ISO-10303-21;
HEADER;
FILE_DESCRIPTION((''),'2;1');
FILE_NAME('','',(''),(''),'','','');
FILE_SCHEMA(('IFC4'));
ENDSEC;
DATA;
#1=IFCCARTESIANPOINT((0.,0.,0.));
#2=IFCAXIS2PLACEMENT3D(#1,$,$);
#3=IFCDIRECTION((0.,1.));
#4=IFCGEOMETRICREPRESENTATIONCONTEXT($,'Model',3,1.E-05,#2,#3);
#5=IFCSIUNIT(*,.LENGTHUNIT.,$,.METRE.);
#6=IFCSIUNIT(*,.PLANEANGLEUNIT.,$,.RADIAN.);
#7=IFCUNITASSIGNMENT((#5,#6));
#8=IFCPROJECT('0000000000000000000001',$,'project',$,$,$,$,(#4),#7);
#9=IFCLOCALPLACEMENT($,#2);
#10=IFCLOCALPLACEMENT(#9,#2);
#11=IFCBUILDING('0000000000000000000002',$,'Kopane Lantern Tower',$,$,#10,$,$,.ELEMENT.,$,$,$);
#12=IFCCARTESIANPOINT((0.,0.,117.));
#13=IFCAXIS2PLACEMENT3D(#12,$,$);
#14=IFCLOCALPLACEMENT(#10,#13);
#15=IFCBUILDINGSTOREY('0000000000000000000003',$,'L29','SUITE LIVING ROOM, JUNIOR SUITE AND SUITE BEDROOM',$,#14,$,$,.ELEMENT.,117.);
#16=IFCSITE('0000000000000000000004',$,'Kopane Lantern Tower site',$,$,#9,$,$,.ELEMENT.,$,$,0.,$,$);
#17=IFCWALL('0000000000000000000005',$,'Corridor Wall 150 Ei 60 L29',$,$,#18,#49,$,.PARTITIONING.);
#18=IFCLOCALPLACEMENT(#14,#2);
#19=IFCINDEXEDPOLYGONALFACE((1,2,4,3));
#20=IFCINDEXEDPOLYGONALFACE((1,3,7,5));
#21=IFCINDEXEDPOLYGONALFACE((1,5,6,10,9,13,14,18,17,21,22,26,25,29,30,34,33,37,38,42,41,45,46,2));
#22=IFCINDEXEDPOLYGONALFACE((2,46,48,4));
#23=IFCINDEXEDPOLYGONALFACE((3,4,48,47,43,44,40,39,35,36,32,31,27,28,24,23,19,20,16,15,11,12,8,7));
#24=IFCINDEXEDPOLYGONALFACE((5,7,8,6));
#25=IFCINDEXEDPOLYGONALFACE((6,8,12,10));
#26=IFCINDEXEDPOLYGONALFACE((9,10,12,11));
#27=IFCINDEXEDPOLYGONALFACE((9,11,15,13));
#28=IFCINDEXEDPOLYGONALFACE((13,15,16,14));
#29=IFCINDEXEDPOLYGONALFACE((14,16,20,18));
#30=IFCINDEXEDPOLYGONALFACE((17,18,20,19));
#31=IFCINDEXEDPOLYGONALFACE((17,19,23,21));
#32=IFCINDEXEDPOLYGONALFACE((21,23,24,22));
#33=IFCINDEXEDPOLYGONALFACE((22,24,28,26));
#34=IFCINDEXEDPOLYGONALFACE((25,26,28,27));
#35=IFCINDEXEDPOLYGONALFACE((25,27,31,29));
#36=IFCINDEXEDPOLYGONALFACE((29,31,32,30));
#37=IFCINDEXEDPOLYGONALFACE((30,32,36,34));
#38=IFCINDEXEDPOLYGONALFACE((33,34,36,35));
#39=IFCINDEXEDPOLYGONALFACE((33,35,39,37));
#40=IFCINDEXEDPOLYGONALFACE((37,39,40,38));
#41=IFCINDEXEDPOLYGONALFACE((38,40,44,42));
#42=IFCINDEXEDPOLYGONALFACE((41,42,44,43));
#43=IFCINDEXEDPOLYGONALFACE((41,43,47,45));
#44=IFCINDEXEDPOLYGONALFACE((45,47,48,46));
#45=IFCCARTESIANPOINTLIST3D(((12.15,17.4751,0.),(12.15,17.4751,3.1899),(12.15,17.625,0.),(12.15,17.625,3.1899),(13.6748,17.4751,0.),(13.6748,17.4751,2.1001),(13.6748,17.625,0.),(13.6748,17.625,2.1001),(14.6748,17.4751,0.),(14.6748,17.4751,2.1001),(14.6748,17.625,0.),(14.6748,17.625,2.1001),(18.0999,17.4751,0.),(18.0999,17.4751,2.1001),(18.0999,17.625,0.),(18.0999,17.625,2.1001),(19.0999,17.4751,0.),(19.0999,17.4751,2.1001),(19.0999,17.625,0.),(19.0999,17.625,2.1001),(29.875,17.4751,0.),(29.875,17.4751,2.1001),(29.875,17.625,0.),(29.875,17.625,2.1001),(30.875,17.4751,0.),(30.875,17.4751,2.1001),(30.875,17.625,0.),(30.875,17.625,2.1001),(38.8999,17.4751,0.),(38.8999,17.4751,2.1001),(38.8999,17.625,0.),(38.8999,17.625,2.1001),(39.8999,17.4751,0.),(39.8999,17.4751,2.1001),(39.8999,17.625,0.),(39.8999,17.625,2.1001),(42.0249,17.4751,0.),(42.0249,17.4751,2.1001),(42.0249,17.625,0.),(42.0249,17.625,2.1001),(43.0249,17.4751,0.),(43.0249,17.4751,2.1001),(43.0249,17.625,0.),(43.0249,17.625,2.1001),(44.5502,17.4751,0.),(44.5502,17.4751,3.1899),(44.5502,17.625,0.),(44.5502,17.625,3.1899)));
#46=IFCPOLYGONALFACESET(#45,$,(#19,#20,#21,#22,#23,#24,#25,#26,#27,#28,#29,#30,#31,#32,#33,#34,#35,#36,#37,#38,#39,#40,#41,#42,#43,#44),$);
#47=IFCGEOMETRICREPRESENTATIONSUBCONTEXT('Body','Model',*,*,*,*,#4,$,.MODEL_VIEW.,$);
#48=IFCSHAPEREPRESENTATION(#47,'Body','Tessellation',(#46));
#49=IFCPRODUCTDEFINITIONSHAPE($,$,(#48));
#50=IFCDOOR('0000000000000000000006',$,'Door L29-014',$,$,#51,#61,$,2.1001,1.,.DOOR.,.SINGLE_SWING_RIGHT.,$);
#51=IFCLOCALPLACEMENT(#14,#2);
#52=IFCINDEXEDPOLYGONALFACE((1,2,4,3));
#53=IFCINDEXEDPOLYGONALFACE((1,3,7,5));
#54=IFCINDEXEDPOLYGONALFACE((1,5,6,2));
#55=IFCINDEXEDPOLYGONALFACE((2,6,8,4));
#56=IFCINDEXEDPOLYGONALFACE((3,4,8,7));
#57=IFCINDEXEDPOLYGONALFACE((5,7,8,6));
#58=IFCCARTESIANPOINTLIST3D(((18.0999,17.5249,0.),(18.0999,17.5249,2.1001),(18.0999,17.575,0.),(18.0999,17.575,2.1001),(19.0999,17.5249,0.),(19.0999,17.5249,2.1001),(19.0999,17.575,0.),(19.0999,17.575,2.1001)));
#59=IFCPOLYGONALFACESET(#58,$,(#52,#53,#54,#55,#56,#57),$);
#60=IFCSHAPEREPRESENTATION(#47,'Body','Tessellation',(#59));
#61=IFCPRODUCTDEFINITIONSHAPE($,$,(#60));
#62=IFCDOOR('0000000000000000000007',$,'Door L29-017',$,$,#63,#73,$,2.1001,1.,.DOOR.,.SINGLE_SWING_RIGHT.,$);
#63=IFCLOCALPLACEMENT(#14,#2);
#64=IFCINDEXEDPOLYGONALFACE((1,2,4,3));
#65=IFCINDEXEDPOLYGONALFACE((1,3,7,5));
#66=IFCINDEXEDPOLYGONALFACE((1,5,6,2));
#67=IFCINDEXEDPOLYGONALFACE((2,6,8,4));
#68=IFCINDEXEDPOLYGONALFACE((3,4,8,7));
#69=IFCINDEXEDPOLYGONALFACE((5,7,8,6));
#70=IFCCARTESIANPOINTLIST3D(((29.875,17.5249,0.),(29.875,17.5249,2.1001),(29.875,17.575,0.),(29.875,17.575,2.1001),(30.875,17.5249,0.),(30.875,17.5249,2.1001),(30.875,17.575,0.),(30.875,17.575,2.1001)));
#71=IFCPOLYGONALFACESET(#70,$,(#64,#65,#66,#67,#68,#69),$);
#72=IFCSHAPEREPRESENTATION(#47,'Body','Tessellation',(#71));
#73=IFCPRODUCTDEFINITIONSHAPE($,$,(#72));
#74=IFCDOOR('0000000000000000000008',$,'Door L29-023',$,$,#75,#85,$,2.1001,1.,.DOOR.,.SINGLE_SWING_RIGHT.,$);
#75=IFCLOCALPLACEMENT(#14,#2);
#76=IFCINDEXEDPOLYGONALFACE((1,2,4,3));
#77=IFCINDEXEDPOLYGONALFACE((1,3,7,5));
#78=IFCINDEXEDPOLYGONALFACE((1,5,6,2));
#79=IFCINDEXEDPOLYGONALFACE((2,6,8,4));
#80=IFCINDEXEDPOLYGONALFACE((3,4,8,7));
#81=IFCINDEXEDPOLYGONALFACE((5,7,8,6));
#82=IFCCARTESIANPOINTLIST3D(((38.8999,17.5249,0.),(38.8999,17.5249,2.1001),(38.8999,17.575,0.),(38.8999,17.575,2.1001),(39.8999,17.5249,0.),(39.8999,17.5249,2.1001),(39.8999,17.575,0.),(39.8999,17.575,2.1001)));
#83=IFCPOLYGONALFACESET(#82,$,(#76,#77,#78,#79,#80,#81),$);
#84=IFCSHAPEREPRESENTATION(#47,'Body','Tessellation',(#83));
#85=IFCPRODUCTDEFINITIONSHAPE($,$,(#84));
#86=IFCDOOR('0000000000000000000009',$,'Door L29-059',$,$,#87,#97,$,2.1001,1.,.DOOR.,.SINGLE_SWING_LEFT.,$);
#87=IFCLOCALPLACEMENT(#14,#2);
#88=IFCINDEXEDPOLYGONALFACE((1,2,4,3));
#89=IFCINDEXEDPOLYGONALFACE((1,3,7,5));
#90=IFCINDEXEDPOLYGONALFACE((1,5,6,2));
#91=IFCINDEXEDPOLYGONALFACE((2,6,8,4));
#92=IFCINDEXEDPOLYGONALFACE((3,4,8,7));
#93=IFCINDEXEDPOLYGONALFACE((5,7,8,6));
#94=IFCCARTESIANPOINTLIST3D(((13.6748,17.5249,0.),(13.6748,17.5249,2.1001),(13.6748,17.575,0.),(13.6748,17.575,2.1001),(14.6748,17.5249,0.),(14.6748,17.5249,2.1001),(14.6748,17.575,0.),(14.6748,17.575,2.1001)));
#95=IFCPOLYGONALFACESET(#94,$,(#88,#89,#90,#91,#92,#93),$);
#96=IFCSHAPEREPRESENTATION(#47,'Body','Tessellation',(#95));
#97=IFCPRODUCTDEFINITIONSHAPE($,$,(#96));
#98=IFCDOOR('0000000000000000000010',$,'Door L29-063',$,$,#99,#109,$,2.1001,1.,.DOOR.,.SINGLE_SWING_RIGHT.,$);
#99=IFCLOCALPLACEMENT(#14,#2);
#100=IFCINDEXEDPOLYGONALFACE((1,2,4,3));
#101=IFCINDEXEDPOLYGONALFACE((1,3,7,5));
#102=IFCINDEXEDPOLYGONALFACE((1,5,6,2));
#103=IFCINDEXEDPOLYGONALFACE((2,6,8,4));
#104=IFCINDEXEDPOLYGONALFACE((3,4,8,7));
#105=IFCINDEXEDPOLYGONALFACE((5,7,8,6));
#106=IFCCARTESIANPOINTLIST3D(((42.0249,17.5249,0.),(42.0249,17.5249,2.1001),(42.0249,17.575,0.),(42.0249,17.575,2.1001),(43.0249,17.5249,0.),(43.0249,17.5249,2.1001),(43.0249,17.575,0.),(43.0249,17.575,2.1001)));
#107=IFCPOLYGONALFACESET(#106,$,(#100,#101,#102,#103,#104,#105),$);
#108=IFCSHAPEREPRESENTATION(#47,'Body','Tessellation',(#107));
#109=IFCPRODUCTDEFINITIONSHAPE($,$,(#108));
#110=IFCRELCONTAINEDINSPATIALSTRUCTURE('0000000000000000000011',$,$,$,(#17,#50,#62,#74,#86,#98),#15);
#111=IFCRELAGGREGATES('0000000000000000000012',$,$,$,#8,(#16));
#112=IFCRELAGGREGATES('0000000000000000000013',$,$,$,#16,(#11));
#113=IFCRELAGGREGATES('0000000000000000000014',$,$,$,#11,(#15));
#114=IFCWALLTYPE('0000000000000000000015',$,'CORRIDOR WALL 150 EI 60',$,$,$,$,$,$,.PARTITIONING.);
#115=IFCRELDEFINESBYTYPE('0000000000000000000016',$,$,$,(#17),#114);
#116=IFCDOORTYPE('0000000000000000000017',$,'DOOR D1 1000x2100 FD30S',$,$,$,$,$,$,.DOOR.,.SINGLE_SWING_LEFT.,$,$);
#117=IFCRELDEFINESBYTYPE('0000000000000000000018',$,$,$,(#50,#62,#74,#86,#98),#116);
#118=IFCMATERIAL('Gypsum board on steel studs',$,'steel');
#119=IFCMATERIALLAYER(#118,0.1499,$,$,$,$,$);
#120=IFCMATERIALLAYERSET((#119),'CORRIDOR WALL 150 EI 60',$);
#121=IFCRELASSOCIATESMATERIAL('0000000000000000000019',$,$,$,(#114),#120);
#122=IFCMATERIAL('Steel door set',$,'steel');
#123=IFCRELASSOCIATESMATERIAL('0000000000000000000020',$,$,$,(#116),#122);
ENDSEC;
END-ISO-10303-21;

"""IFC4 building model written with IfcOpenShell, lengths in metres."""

from ifc_helpers import new_model, si_unit, direction, frame, frame_2d, origin, place, context, subcontext, project, spatial, rectangle, extrude, material, layer, layer_set, type_object, element, fill, save


model = new_model("IFC4")

# Units and contexts
model_context = context("Model", 3, precision=1e-05, world=origin(), true_north=direction((0.0, 1.0)))
body_context = subcontext(model_context, "Body", "Model", "MODEL_VIEW")
ifc_project = project(units=[si_unit("LENGTHUNIT", "METRE"), si_unit("PLANEANGLEUNIT", "RADIAN")], contexts=[model_context])

# Site, building, storey
site_placement = place(None, origin())
site = spatial("IfcSite", under=ifc_project, at=site_placement, Name="Kopane Lantern Tower site", CompositionType="ELEMENT", RefElevation=0.0)
building_placement = place(site_placement, origin())
building = spatial("IfcBuilding", under=site, at=building_placement, Name="Kopane Lantern Tower", CompositionType="ELEMENT")
storey_placement = place(building_placement, frame((0.0, 0.0, 117.0)))
storey = spatial("IfcBuildingStorey", under=building, at=storey_placement, Name="L29", Description="SUITE LIVING ROOM, JUNIOR SUITE AND SUITE BEDROOM", CompositionType="ELEMENT", Elevation=117.0)

# Wall, openings, doors
ifc_material_1 = material(Name="Gypsum board on steel studs", Category="steel")
ifc_layer_1 = layer(ifc_material_1, 0.1499)
ifc_layer_set_1 = layer_set([ifc_layer_1], Name="CORRIDOR WALL 150 EI 60")
wall_type_1 = type_object("IfcWallType", Name="CORRIDOR WALL 150 EI 60", PredefinedType="PARTITIONING", material=ifc_layer_set_1)
wall_1_placement = place(storey_placement, frame((12.1499, 17.55, 0.0), z_axis=(0.0, 0.0, 1.0), x_axis=(1.0, 0.0, 0.0)))
wall_1 = element("IfcWall", 1, at=wall_1_placement, inside=storey, type_object=wall_type_1, Name="Corridor Wall 150 Ei 60 L29", PredefinedType="PARTITIONING", context=body_context, shape_type="SweptSolid", body=[
    extrude(rectangle(XDim=32.4001, YDim=0.1499, at=frame_2d((16.2002, 0.0))), origin(), (0.0, 0.0, 1.0), 3.1899),
])
opening_1_placement = place(wall_1_placement, frame((5.95, 0.0, 0.0)))
opening_1 = element("IfcOpeningElement", 2, at=opening_1_placement, cuts=wall_1, PredefinedType="OPENING", context=body_context, shape_type="SweptSolid", body=[
    extrude(rectangle(XDim=1.0, YDim=2.1001, at=frame_2d((0.5, 1.05))), frame((0.0, 0.085, 0.0), z_axis=(0.0, -1.0, 0.0), x_axis=(1.0, 0.0, 0.0)), (0.0, 0.0, 1.0), 0.1699),
])
opening_2_placement = place(wall_1_placement, frame((17.7251, 0.0, 0.0)))
opening_2 = element("IfcOpeningElement", 3, at=opening_2_placement, cuts=wall_1, PredefinedType="OPENING", context=body_context, shape_type="SweptSolid", body=[
    extrude(rectangle(XDim=1.0, YDim=2.1001, at=frame_2d((0.5, 1.05))), frame((0.0, 0.085, 0.0), z_axis=(0.0, -1.0, 0.0), x_axis=(1.0, 0.0, 0.0)), (0.0, 0.0, 1.0), 0.1699),
])
opening_3_placement = place(wall_1_placement, frame((26.75, 0.0, 0.0)))
opening_3 = element("IfcOpeningElement", 4, at=opening_3_placement, cuts=wall_1, PredefinedType="OPENING", context=body_context, shape_type="SweptSolid", body=[
    extrude(rectangle(XDim=1.0, YDim=2.1001, at=frame_2d((0.5, 1.05))), frame((0.0, 0.085, 0.0), z_axis=(0.0, -1.0, 0.0), x_axis=(1.0, 0.0, 0.0)), (0.0, 0.0, 1.0), 0.1699),
])
opening_4_placement = place(wall_1_placement, frame((1.5249, 0.0, 0.0)))
opening_4 = element("IfcOpeningElement", 5, at=opening_4_placement, cuts=wall_1, PredefinedType="OPENING", context=body_context, shape_type="SweptSolid", body=[
    extrude(rectangle(XDim=1.0, YDim=2.1001, at=frame_2d((0.5, 1.05))), frame((0.0, 0.085, 0.0), z_axis=(0.0, -1.0, 0.0), x_axis=(1.0, 0.0, 0.0)), (0.0, 0.0, 1.0), 0.1699),
])
opening_5_placement = place(wall_1_placement, frame((29.875, 0.0, 0.0)))
opening_5 = element("IfcOpeningElement", 6, at=opening_5_placement, cuts=wall_1, PredefinedType="OPENING", context=body_context, shape_type="SweptSolid", body=[
    extrude(rectangle(XDim=1.0, YDim=2.1001, at=frame_2d((0.5, 1.05))), frame((0.0, 0.085, 0.0), z_axis=(0.0, -1.0, 0.0), x_axis=(1.0, 0.0, 0.0)), (0.0, 0.0, 1.0), 0.1699),
])
ifc_material_2 = material(Name="Steel door set", Category="steel")
door_type_1 = type_object("IfcDoorType", Name="DOOR D1 1000x2100 FD30S", OperationType="SINGLE_SWING_LEFT", PredefinedType="DOOR", material=ifc_material_2)
door_1_placement = place(opening_1_placement, origin())
door_1 = element("IfcDoor", 7, at=door_1_placement, inside=storey, type_object=door_type_1, Name="Door L29-014", OperationType="SINGLE_SWING_RIGHT", OverallHeight=2.1001, OverallWidth=1.0, PredefinedType="DOOR", context=body_context, shape_type="SweptSolid", body=[
    extrude(rectangle(XDim=1.0, YDim=2.1001, at=frame_2d((0.5, 1.05))), frame((0.0, 0.0249, 0.0), z_axis=(0.0, -1.0, 0.0), x_axis=(1.0, 0.0, 0.0)), (0.0, 0.0, 1.0), 0.05),
])
fill(opening_1, door_1)
door_2_placement = place(opening_2_placement, origin())
door_2 = element("IfcDoor", 8, at=door_2_placement, inside=storey, type_object=door_type_1, Name="Door L29-017", OperationType="SINGLE_SWING_RIGHT", OverallHeight=2.1001, OverallWidth=1.0, PredefinedType="DOOR", context=body_context, shape_type="SweptSolid", body=[
    extrude(rectangle(XDim=1.0, YDim=2.1001, at=frame_2d((0.5, 1.05))), frame((0.0, 0.0249, 0.0), z_axis=(0.0, -1.0, 0.0), x_axis=(1.0, 0.0, 0.0)), (0.0, 0.0, 1.0), 0.05),
])
fill(opening_2, door_2)
door_3_placement = place(opening_3_placement, origin())
door_3 = element("IfcDoor", 9, at=door_3_placement, inside=storey, type_object=door_type_1, Name="Door L29-023", OperationType="SINGLE_SWING_RIGHT", OverallHeight=2.1001, OverallWidth=1.0, PredefinedType="DOOR", context=body_context, shape_type="SweptSolid", body=[
    extrude(rectangle(XDim=1.0, YDim=2.1001, at=frame_2d((0.5, 1.05))), frame((0.0, 0.0249, 0.0), z_axis=(0.0, -1.0, 0.0), x_axis=(1.0, 0.0, 0.0)), (0.0, 0.0, 1.0), 0.05),
])
fill(opening_3, door_3)
door_4_placement = place(opening_4_placement, origin())
door_4 = element("IfcDoor", 10, at=door_4_placement, inside=storey, type_object=door_type_1, Name="Door L29-059", OperationType="SINGLE_SWING_LEFT", OverallHeight=2.1001, OverallWidth=1.0, PredefinedType="DOOR", context=body_context, shape_type="SweptSolid", body=[
    extrude(rectangle(XDim=1.0, YDim=2.1001, at=frame_2d((0.5, 1.05))), frame((0.0, 0.0249, 0.0), z_axis=(0.0, -1.0, 0.0), x_axis=(1.0, 0.0, 0.0)), (0.0, 0.0, 1.0), 0.05),
])
fill(opening_4, door_4)
door_5_placement = place(opening_5_placement, origin())
door_5 = element("IfcDoor", 11, at=door_5_placement, inside=storey, type_object=door_type_1, Name="Door L29-063", OperationType="SINGLE_SWING_RIGHT", OverallHeight=2.1001, OverallWidth=1.0, PredefinedType="DOOR", context=body_context, shape_type="SweptSolid", body=[
    extrude(rectangle(XDim=1.0, YDim=2.1001, at=frame_2d((0.5, 1.05))), frame((0.0, 0.0249, 0.0), z_axis=(0.0, -1.0, 0.0), x_axis=(1.0, 0.0, 0.0)), (0.0, 0.0, 1.0), 0.05),
])
fill(opening_5, door_5)

save(model, "model.ifc")
